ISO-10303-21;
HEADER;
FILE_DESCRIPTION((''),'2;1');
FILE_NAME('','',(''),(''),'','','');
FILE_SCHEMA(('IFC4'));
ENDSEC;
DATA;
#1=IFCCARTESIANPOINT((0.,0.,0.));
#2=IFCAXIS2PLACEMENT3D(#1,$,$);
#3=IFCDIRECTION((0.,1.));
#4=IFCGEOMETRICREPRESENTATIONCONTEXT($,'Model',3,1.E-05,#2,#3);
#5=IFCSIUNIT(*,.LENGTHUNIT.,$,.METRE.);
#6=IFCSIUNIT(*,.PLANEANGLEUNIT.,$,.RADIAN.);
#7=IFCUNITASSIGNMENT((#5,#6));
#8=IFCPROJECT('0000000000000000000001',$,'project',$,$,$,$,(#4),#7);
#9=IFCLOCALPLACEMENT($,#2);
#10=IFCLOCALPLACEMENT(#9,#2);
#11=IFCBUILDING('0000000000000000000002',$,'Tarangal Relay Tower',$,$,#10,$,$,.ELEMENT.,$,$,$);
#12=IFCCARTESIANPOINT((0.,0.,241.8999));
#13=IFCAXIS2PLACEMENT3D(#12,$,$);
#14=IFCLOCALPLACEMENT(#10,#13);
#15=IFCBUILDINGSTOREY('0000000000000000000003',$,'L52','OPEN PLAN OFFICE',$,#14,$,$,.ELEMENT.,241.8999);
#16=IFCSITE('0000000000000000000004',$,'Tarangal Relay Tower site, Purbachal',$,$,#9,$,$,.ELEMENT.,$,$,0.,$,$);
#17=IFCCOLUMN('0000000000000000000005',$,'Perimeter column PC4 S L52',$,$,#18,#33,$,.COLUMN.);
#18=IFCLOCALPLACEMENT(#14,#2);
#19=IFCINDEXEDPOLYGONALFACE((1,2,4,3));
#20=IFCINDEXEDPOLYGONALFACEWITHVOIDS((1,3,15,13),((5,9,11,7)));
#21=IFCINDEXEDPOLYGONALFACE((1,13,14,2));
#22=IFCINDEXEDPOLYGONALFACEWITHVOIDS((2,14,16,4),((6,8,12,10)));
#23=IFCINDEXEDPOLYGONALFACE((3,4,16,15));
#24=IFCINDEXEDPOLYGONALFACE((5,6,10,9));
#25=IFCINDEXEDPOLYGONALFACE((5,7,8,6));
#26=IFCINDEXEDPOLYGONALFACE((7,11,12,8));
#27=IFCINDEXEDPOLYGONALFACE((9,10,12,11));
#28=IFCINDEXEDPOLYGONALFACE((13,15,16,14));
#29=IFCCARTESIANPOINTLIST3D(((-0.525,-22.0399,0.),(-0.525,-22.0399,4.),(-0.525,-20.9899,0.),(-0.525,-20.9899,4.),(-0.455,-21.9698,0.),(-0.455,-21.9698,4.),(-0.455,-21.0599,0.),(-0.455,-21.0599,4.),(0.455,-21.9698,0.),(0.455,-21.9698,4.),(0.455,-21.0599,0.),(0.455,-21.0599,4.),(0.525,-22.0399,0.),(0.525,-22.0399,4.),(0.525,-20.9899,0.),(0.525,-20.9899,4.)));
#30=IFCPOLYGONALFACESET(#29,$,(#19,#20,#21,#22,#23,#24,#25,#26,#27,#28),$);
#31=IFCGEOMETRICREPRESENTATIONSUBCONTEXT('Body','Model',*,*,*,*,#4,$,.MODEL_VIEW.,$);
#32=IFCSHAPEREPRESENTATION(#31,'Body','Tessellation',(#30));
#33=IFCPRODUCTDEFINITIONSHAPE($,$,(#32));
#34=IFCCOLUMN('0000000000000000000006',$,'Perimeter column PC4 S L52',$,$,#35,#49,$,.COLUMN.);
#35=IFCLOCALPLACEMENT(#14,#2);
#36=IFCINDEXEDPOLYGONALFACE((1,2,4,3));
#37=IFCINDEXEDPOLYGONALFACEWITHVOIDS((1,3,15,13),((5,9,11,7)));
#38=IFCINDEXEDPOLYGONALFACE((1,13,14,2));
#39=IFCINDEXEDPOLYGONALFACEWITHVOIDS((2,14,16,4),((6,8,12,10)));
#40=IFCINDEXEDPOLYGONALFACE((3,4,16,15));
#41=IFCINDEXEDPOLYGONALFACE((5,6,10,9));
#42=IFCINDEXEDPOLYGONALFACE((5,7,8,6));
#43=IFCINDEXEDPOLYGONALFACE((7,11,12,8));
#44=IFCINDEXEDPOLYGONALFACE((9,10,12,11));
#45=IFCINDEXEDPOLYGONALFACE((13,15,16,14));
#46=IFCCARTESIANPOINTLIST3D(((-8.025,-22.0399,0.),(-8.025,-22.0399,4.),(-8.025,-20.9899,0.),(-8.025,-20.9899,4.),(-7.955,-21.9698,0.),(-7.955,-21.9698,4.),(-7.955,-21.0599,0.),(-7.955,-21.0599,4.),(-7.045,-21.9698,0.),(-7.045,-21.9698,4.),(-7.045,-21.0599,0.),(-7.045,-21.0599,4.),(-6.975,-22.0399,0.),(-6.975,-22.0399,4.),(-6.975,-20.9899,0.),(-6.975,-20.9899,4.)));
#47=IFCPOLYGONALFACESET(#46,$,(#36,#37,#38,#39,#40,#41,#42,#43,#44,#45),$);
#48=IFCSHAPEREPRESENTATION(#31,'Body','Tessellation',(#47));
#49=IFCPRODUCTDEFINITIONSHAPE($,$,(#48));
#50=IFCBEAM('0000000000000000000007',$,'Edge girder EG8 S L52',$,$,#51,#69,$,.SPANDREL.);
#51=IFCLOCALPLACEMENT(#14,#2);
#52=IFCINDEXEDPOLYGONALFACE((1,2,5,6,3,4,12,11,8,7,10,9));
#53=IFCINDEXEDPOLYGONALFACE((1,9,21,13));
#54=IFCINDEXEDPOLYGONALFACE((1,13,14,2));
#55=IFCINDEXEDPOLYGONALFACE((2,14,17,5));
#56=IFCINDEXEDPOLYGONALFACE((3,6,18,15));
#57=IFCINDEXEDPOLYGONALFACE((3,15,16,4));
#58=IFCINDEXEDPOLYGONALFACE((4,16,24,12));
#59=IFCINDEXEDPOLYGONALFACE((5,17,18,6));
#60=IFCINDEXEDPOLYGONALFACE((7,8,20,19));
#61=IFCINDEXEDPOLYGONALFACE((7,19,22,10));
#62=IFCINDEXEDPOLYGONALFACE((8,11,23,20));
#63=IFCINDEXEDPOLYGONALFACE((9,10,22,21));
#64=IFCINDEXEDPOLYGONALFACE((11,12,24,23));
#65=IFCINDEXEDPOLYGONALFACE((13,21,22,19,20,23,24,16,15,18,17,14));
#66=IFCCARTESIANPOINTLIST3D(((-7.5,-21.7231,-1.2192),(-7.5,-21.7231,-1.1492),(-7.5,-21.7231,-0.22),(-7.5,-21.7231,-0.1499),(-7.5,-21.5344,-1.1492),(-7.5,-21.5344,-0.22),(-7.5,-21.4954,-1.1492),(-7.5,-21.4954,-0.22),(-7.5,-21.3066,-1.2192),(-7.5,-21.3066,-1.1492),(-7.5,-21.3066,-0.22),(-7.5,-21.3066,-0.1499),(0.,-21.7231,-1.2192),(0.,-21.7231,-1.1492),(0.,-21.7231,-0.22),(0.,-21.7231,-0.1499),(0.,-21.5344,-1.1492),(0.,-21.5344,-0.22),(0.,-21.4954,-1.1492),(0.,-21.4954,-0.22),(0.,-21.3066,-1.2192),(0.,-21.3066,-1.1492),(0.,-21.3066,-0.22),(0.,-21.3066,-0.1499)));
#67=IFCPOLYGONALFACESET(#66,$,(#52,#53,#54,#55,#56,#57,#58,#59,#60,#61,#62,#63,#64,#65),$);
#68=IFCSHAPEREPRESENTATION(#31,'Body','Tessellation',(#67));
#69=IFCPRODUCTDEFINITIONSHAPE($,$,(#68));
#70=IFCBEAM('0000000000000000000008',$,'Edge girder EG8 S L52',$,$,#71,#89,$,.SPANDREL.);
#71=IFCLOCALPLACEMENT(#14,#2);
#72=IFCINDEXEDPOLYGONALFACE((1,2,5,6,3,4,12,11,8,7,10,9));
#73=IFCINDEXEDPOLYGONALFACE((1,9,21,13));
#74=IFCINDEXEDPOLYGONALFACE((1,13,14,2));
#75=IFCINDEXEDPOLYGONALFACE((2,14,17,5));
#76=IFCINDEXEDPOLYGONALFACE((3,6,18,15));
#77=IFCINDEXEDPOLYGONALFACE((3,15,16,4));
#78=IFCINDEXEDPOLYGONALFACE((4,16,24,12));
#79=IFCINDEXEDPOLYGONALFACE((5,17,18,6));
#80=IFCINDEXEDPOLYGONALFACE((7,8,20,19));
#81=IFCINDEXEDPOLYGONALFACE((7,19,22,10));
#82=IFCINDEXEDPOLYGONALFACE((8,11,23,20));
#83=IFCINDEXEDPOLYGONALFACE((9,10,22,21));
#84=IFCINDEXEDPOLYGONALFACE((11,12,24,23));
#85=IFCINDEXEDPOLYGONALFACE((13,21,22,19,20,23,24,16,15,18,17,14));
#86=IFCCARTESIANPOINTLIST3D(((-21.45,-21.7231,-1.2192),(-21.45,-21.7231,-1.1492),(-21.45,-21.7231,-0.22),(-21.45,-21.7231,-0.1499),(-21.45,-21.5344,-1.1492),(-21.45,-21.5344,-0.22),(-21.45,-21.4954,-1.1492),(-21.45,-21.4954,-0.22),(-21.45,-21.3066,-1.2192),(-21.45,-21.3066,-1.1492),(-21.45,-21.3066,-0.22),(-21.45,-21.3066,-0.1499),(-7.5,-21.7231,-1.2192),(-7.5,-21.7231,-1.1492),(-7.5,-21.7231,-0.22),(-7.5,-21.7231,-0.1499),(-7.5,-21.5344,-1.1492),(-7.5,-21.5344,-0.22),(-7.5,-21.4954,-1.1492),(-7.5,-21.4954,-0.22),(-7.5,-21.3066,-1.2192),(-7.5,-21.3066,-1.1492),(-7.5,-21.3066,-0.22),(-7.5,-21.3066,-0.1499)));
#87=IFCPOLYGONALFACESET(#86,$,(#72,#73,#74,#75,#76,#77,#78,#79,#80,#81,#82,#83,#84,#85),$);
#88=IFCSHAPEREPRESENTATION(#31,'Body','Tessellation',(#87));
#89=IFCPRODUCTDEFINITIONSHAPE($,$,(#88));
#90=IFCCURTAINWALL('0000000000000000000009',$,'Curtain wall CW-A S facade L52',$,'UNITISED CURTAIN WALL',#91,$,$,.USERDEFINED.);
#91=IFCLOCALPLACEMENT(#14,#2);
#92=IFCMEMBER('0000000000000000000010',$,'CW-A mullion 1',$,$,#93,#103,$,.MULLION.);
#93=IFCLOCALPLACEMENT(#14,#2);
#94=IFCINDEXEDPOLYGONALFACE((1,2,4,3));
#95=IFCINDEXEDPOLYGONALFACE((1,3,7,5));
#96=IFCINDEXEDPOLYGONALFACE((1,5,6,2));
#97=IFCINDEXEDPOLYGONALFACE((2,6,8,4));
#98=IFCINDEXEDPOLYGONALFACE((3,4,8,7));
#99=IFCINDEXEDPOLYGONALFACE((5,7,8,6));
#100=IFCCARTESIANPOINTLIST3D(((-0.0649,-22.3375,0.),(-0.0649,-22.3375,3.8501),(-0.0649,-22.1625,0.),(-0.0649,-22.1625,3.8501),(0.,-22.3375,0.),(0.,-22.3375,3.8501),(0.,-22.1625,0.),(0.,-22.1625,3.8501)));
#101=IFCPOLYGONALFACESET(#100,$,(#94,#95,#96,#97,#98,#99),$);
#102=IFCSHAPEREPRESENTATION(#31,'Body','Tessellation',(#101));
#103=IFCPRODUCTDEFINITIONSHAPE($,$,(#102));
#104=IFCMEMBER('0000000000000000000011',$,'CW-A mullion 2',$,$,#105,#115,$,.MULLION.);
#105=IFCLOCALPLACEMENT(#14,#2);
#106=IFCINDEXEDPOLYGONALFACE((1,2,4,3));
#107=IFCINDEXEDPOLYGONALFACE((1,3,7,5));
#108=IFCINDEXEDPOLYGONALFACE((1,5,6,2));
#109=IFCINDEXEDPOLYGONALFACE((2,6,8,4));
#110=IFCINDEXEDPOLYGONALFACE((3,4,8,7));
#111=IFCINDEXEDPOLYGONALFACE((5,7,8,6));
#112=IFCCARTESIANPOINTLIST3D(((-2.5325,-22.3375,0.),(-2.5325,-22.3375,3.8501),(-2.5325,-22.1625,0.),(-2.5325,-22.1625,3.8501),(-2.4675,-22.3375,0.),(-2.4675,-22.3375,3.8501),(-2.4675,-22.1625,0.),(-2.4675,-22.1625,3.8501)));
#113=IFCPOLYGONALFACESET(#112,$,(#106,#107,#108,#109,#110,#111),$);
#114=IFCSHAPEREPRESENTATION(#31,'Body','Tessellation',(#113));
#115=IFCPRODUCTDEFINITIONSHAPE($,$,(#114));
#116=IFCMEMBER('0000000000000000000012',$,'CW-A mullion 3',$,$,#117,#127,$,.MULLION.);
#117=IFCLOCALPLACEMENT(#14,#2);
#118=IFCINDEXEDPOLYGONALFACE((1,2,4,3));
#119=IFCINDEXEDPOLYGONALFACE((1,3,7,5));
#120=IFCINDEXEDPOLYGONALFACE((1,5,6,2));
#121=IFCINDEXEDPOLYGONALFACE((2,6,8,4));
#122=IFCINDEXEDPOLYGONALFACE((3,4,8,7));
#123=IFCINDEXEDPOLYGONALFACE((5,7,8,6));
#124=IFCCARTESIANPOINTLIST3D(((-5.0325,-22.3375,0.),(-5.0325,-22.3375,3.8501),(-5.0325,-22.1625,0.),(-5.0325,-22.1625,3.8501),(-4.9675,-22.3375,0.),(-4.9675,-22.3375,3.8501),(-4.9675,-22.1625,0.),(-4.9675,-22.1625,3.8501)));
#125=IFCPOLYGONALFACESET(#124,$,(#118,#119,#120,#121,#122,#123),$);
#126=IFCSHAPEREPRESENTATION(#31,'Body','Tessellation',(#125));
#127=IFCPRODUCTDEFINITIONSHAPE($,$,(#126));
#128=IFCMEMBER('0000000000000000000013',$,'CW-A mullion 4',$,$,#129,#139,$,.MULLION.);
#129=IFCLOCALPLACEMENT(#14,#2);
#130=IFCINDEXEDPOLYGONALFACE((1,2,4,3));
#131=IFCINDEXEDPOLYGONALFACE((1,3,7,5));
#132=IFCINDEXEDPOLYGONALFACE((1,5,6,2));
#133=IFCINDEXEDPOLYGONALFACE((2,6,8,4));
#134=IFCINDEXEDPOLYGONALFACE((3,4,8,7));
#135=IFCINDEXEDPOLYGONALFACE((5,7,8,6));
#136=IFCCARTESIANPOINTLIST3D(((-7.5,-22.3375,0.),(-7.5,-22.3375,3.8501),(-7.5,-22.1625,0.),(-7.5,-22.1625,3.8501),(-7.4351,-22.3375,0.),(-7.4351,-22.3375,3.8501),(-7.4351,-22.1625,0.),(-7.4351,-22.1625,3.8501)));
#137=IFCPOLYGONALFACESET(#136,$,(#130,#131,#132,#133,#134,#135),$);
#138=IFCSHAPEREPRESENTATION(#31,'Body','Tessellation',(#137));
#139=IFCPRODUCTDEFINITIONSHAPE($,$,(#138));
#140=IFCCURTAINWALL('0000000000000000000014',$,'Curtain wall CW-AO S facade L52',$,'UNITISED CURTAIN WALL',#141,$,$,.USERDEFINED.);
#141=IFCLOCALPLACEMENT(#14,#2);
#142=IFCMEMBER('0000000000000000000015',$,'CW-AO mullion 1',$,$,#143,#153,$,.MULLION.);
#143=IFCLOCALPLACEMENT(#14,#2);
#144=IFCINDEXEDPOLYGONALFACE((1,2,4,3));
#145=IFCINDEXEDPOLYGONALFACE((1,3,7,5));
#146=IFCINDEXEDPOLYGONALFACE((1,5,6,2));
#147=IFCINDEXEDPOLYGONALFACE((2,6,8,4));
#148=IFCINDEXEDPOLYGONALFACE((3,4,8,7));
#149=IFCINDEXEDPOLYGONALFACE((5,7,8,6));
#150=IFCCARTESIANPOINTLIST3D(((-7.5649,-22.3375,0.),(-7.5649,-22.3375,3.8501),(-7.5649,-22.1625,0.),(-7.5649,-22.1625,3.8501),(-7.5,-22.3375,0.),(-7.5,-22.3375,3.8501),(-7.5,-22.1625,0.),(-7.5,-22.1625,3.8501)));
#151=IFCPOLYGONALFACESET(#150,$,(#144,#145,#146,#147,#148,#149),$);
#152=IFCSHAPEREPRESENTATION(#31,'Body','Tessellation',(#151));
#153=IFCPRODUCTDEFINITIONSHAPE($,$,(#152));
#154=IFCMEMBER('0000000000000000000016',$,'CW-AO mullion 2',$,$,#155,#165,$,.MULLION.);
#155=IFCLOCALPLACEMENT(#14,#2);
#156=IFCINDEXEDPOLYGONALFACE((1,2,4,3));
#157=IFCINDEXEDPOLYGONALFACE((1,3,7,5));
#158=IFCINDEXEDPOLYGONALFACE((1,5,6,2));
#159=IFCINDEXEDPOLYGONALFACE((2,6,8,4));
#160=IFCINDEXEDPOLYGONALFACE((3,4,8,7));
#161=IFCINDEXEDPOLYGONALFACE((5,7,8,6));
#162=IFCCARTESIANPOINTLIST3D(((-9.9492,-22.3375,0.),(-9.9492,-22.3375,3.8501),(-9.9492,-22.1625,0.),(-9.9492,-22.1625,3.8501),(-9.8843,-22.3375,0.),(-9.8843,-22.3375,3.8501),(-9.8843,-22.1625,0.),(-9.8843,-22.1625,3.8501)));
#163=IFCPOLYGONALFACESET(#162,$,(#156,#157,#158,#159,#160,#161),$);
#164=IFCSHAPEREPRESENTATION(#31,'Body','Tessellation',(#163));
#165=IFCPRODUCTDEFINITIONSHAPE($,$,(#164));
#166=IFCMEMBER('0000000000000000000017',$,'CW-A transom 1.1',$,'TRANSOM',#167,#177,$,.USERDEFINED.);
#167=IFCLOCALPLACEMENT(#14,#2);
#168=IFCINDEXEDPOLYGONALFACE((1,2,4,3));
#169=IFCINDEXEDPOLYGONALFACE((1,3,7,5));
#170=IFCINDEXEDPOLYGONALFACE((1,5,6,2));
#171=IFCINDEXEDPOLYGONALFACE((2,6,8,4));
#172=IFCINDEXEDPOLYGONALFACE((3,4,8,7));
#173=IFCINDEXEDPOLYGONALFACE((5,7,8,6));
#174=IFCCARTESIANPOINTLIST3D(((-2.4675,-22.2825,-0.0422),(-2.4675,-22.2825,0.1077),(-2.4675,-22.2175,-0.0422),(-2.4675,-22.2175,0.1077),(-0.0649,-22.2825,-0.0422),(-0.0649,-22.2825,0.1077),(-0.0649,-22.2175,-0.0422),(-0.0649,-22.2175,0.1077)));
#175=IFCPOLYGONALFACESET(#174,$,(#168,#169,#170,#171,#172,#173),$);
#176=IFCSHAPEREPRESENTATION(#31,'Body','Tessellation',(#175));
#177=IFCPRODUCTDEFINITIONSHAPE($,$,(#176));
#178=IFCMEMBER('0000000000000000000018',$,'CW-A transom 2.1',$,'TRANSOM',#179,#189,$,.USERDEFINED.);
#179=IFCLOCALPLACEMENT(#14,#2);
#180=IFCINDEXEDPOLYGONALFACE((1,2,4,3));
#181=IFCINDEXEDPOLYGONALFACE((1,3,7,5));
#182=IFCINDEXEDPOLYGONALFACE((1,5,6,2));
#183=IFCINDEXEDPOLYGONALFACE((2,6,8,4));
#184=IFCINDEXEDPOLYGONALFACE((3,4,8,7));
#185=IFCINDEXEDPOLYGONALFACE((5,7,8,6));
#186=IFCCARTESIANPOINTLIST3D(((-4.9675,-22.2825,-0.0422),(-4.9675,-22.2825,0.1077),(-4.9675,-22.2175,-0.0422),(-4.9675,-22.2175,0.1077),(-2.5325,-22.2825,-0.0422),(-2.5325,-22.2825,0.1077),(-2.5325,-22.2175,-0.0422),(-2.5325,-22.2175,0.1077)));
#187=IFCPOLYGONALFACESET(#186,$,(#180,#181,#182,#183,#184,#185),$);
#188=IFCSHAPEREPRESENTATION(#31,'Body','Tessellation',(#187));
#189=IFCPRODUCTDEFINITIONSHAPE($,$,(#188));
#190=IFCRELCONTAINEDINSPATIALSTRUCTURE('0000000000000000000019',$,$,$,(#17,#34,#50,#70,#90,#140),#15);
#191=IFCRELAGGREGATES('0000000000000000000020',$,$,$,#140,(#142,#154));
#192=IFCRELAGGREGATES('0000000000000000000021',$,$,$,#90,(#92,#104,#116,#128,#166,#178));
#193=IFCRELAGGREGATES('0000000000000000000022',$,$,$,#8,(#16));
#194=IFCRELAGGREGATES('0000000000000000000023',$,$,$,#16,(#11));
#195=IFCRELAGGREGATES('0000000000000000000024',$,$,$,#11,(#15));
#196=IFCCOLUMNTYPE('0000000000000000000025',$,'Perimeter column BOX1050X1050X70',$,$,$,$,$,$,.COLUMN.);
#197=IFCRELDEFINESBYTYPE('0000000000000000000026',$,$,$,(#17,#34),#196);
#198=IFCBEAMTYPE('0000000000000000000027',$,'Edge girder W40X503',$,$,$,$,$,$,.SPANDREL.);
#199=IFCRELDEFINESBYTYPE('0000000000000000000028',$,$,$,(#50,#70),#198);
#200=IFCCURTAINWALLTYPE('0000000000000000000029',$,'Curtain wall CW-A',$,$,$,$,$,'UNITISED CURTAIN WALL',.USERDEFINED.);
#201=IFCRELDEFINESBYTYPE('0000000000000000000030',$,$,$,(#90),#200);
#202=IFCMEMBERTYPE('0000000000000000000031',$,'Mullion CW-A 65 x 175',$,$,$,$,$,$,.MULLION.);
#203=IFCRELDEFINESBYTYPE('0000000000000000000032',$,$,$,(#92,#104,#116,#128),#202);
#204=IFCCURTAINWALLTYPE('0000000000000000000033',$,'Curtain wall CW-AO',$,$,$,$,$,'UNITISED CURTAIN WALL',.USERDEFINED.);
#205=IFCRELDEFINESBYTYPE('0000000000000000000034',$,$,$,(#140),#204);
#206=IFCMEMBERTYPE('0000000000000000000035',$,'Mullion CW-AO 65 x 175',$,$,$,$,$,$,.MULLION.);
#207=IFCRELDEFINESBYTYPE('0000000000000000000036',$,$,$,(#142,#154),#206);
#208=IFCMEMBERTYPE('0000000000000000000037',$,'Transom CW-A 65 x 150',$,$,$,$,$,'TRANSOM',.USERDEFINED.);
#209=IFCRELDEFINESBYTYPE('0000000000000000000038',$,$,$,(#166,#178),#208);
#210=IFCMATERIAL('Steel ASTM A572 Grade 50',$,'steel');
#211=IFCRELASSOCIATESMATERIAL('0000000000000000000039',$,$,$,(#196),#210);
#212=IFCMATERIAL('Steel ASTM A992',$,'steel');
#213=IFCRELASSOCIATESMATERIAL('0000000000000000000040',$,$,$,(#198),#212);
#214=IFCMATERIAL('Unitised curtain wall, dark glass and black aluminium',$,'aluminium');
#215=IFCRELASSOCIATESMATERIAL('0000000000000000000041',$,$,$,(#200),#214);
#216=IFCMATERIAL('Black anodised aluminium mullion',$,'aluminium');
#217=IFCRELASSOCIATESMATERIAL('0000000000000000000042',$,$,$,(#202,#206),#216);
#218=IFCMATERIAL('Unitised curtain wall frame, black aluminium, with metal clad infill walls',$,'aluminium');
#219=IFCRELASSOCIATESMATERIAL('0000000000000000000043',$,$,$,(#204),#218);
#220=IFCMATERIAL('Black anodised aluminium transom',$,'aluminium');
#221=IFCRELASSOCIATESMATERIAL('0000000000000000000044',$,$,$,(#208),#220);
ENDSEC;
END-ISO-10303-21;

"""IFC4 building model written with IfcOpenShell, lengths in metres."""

from ifc_helpers import new_model, si_unit, direction, frame, origin, origin_2d, place, context, subcontext, project, spatial, rectangle, hollow_rectangle, i_section, extrude, material, material_profile, profile_set, type_object, element, aggregate, save


model = new_model("IFC4")

# Units and contexts
model_context = context("Model", 3, precision=1e-05, world=origin(), true_north=direction((0.0, 1.0)))
body_context = subcontext(model_context, "Body", "Model", "MODEL_VIEW")
ifc_project = project(units=[si_unit("LENGTHUNIT", "METRE"), si_unit("PLANEANGLEUNIT", "RADIAN")], contexts=[model_context])

# Site, building, storey
site_placement = place(None, origin())
site = spatial("IfcSite", under=ifc_project, at=site_placement, Name="Tarangal Relay Tower site, Purbachal", CompositionType="ELEMENT", RefElevation=0.0)
building_placement = place(site_placement, origin())
building = spatial("IfcBuilding", under=site, at=building_placement, Name="Tarangal Relay Tower", CompositionType="ELEMENT")
storey_placement = place(building_placement, frame((0.0, 0.0, 241.8999)))
storey = spatial("IfcBuildingStorey", under=building, at=storey_placement, Name="L52", Description="OPEN PLAN OFFICE", CompositionType="ELEMENT", Elevation=241.8999)

# Columns
ifc_material_1 = material(Name="Steel ASTM A572 Grade 50", Category="steel")
ifc_material_profile_1 = material_profile(ifc_material_1, hollow_rectangle(XDim=1.05, YDim=1.05, WallThickness=0.0701, at=origin_2d()), Name="BOX1050X1050X70")
ifc_profile_set_1 = profile_set([ifc_material_profile_1], Name="Steel ASTM A572 Grade 50")
column_type = type_object("IfcColumnType", Name="Perimeter column BOX1050X1050X70", PredefinedType="COLUMN", material=ifc_profile_set_1)
for number, where, z_axis, x_axis, name in (
    (1, (0.0, -21.5149, 0.0), (0.0, 0.0, 1.0), (1.0, 0.0, 0.0), "Perimeter column PC4 S L52"),
    (2, (-7.5, -21.5149, 0.0), (0.0, 0.0, 1.0), (1.0, 0.0, 0.0), "Perimeter column PC4 S L52"),
):
    element("IfcColumn", number, at=place(storey_placement, frame(where, z_axis=z_axis, x_axis=x_axis)), inside=storey, type_object=column_type, Name=name, PredefinedType="COLUMN", context=body_context, shape_type="SweptSolid", body=[
        extrude(hollow_rectangle(XDim=1.05, YDim=1.05, WallThickness=0.0701, at=origin_2d()), origin(), (0.0, 0.0, 1.0), 4.0),
    ])

# Beams
ifc_material_2 = material(Name="Steel ASTM A992", Category="steel")
ifc_material_profile_2 = material_profile(ifc_material_2, i_section(OverallWidth=0.4165, OverallDepth=1.0693, WebThickness=0.0391, FlangeThickness=0.0701, at=origin_2d()), Name="W40X503")
ifc_profile_set_2 = profile_set([ifc_material_profile_2], Name="Steel ASTM A992")
beam_type = type_object("IfcBeamType", Name="Edge girder W40X503", PredefinedType="SPANDREL", material=ifc_profile_set_2)
beam_1_placement = place(storey_placement, frame((0.0, -21.5149, -0.6846), z_axis=(-1.0, 0.0, 0.0), x_axis=(0.0, -1.0, 0.0)))
element("IfcBeam", 3, at=beam_1_placement, inside=storey, type_object=beam_type, Name="Edge girder EG8 S L52", PredefinedType="SPANDREL", context=body_context, shape_type="SweptSolid", body=[
    extrude(i_section(OverallWidth=0.4165, OverallDepth=1.0693, WebThickness=0.0391, FlangeThickness=0.0701, at=origin_2d()), origin(), (0.0, 0.0, 1.0), 7.5),
])
beam_2_placement = place(storey_placement, frame((-7.5, -21.5149, -0.6846), z_axis=(-1.0, 0.0, 0.0), x_axis=(0.0, -1.0, 0.0)))
element("IfcBeam", 4, at=beam_2_placement, inside=storey, type_object=beam_type, Name="Edge girder EG8 S L52", PredefinedType="SPANDREL", context=body_context, shape_type="SweptSolid", body=[
    extrude(i_section(OverallWidth=0.4165, OverallDepth=1.0693, WebThickness=0.0391, FlangeThickness=0.0701, at=origin_2d()), origin(), (0.0, 0.0, 1.0), 13.95),
])

# Curtain walls, members
ifc_material_3 = material(Name="Unitised curtain wall, dark glass and black aluminium", Category="aluminium")
curtain_wall_type_1 = type_object("IfcCurtainWallType", Name="Curtain wall CW-A", ElementType="UNITISED CURTAIN WALL", PredefinedType="USERDEFINED", material=ifc_material_3)
curtain_wall_1_placement = place(storey_placement, origin())
curtain_wall_1 = element("IfcCurtainWall", 5, at=curtain_wall_1_placement, inside=storey, type_object=curtain_wall_type_1, Name="Curtain wall CW-A S facade L52", ObjectType="UNITISED CURTAIN WALL", PredefinedType="USERDEFINED")
ifc_material_4 = material(Name="Black anodised aluminium mullion", Category="aluminium")
ifc_material_profile_3 = material_profile(ifc_material_4, rectangle(XDim=0.175, YDim=0.0649, at=origin_2d()), Name="CW-AM 65X175")
ifc_profile_set_3 = profile_set([ifc_material_profile_3], Name="Black anodised aluminium mullion")
member_type_1 = type_object("IfcMemberType", Name="Mullion CW-A 65 x 175", PredefinedType="MULLION", material=ifc_profile_set_3)
member_1_placement = place(storey_placement, frame((-0.0325, -22.25, 0.0), z_axis=(0.0, 0.0, 1.0), x_axis=(0.0, -1.0, 0.0)))
member_1 = element("IfcMember", 6, at=member_1_placement, type_object=member_type_1, Name="CW-A mullion 1", PredefinedType="MULLION", context=body_context, shape_type="SweptSolid", body=[
    extrude(rectangle(XDim=0.175, YDim=0.0649, at=origin_2d()), origin(), (0.0, 0.0, 1.0), 3.8501),
])
member_2_placement = place(storey_placement, frame((-2.5, -22.25, 0.0), z_axis=(0.0, 0.0, 1.0), x_axis=(0.0, -1.0, 0.0)))
member_2 = element("IfcMember", 7, at=member_2_placement, type_object=member_type_1, Name="CW-A mullion 2", PredefinedType="MULLION", context=body_context, shape_type="SweptSolid", body=[
    extrude(rectangle(XDim=0.175, YDim=0.0649, at=origin_2d()), origin(), (0.0, 0.0, 1.0), 3.8501),
])
member_3_placement = place(storey_placement, frame((-5.0, -22.25, 0.0), z_axis=(0.0, 0.0, 1.0), x_axis=(0.0, -1.0, 0.0)))
member_3 = element("IfcMember", 8, at=member_3_placement, type_object=member_type_1, Name="CW-A mullion 3", PredefinedType="MULLION", context=body_context, shape_type="SweptSolid", body=[
    extrude(rectangle(XDim=0.175, YDim=0.0649, at=origin_2d()), origin(), (0.0, 0.0, 1.0), 3.8501),
])
member_4_placement = place(storey_placement, frame((-7.4675, -22.25, 0.0), z_axis=(0.0, 0.0, 1.0), x_axis=(0.0, -1.0, 0.0)))
member_4 = element("IfcMember", 9, at=member_4_placement, type_object=member_type_1, Name="CW-A mullion 4", PredefinedType="MULLION", context=body_context, shape_type="SweptSolid", body=[
    extrude(rectangle(XDim=0.175, YDim=0.0649, at=origin_2d()), origin(), (0.0, 0.0, 1.0), 3.8501),
])
ifc_material_5 = material(Name="Unitised curtain wall frame, black aluminium, with metal clad infill walls", Category="aluminium")
curtain_wall_type_2 = type_object("IfcCurtainWallType", Name="Curtain wall CW-AO", ElementType="UNITISED CURTAIN WALL", PredefinedType="USERDEFINED", material=ifc_material_5)
curtain_wall_2_placement = place(storey_placement, origin())
curtain_wall_2 = element("IfcCurtainWall", 10, at=curtain_wall_2_placement, inside=storey, type_object=curtain_wall_type_2, Name="Curtain wall CW-AO S facade L52", ObjectType="UNITISED CURTAIN WALL", PredefinedType="USERDEFINED")
ifc_material_profile_4 = material_profile(ifc_material_4, rectangle(XDim=0.175, YDim=0.0649, at=origin_2d()), Name="CW-AOM 65X175")
ifc_profile_set_4 = profile_set([ifc_material_profile_4], Name="Black anodised aluminium mullion")
member_type_2 = type_object("IfcMemberType", Name="Mullion CW-AO 65 x 175", PredefinedType="MULLION", material=ifc_profile_set_4)
member_5_placement = place(storey_placement, frame((-7.5325, -22.25, 0.0), z_axis=(0.0, 0.0, 1.0), x_axis=(0.0, -1.0, 0.0)))
member_5 = element("IfcMember", 11, at=member_5_placement, type_object=member_type_2, Name="CW-AO mullion 1", PredefinedType="MULLION", context=body_context, shape_type="SweptSolid", body=[
    extrude(rectangle(XDim=0.175, YDim=0.0649, at=origin_2d()), origin(), (0.0, 0.0, 1.0), 3.8501),
])
member_6_placement = place(storey_placement, frame((-9.9167, -22.25, 0.0), z_axis=(0.0, 0.0, 1.0), x_axis=(0.0, -1.0, 0.0)))
member_6 = element("IfcMember", 12, at=member_6_placement, type_object=member_type_2, Name="CW-AO mullion 2", PredefinedType="MULLION", context=body_context, shape_type="SweptSolid", body=[
    extrude(rectangle(XDim=0.175, YDim=0.0649, at=origin_2d()), origin(), (0.0, 0.0, 1.0), 3.8501),
])

# Members
ifc_material_6 = material(Name="Black anodised aluminium transom", Category="aluminium")
ifc_material_profile_5 = material_profile(ifc_material_6, rectangle(XDim=0.0649, YDim=0.1499, at=origin_2d()), Name="CW-AT 65X150")
ifc_profile_set_5 = profile_set([ifc_material_profile_5], Name="Black anodised aluminium transom")
member_type_3 = type_object("IfcMemberType", Name="Transom CW-A 65 x 150", ElementType="TRANSOM", PredefinedType="USERDEFINED", material=ifc_profile_set_5)
member_7_placement = place(storey_placement, frame((-0.0649, -22.25, 0.0327), z_axis=(-1.0, 0.0, 0.0), x_axis=(0.0, -1.0, 0.0)))
member_7 = element("IfcMember", 13, at=member_7_placement, type_object=member_type_3, Name="CW-A transom 1.1", ObjectType="TRANSOM", PredefinedType="USERDEFINED", context=body_context, shape_type="SweptSolid", body=[
    extrude(rectangle(XDim=0.0649, YDim=0.1499, at=origin_2d()), origin(), (0.0, 0.0, 1.0), 2.4026),
])
member_8_placement = place(storey_placement, frame((-2.5325, -22.25, 0.0327), z_axis=(-1.0, 0.0, 0.0), x_axis=(0.0, -1.0, 0.0)))
member_8 = element("IfcMember", 14, at=member_8_placement, type_object=member_type_3, Name="CW-A transom 2.1", ObjectType="TRANSOM", PredefinedType="USERDEFINED", context=body_context, shape_type="SweptSolid", body=[
    extrude(rectangle(XDim=0.0649, YDim=0.1499, at=origin_2d()), origin(), (0.0, 0.0, 1.0), 2.4351),
])
aggregate(curtain_wall_2, [member_5, member_6])

aggregate(curtain_wall_1, [member_1, member_2, member_3, member_4, member_7, member_8])

save(model, "model.ifc")
